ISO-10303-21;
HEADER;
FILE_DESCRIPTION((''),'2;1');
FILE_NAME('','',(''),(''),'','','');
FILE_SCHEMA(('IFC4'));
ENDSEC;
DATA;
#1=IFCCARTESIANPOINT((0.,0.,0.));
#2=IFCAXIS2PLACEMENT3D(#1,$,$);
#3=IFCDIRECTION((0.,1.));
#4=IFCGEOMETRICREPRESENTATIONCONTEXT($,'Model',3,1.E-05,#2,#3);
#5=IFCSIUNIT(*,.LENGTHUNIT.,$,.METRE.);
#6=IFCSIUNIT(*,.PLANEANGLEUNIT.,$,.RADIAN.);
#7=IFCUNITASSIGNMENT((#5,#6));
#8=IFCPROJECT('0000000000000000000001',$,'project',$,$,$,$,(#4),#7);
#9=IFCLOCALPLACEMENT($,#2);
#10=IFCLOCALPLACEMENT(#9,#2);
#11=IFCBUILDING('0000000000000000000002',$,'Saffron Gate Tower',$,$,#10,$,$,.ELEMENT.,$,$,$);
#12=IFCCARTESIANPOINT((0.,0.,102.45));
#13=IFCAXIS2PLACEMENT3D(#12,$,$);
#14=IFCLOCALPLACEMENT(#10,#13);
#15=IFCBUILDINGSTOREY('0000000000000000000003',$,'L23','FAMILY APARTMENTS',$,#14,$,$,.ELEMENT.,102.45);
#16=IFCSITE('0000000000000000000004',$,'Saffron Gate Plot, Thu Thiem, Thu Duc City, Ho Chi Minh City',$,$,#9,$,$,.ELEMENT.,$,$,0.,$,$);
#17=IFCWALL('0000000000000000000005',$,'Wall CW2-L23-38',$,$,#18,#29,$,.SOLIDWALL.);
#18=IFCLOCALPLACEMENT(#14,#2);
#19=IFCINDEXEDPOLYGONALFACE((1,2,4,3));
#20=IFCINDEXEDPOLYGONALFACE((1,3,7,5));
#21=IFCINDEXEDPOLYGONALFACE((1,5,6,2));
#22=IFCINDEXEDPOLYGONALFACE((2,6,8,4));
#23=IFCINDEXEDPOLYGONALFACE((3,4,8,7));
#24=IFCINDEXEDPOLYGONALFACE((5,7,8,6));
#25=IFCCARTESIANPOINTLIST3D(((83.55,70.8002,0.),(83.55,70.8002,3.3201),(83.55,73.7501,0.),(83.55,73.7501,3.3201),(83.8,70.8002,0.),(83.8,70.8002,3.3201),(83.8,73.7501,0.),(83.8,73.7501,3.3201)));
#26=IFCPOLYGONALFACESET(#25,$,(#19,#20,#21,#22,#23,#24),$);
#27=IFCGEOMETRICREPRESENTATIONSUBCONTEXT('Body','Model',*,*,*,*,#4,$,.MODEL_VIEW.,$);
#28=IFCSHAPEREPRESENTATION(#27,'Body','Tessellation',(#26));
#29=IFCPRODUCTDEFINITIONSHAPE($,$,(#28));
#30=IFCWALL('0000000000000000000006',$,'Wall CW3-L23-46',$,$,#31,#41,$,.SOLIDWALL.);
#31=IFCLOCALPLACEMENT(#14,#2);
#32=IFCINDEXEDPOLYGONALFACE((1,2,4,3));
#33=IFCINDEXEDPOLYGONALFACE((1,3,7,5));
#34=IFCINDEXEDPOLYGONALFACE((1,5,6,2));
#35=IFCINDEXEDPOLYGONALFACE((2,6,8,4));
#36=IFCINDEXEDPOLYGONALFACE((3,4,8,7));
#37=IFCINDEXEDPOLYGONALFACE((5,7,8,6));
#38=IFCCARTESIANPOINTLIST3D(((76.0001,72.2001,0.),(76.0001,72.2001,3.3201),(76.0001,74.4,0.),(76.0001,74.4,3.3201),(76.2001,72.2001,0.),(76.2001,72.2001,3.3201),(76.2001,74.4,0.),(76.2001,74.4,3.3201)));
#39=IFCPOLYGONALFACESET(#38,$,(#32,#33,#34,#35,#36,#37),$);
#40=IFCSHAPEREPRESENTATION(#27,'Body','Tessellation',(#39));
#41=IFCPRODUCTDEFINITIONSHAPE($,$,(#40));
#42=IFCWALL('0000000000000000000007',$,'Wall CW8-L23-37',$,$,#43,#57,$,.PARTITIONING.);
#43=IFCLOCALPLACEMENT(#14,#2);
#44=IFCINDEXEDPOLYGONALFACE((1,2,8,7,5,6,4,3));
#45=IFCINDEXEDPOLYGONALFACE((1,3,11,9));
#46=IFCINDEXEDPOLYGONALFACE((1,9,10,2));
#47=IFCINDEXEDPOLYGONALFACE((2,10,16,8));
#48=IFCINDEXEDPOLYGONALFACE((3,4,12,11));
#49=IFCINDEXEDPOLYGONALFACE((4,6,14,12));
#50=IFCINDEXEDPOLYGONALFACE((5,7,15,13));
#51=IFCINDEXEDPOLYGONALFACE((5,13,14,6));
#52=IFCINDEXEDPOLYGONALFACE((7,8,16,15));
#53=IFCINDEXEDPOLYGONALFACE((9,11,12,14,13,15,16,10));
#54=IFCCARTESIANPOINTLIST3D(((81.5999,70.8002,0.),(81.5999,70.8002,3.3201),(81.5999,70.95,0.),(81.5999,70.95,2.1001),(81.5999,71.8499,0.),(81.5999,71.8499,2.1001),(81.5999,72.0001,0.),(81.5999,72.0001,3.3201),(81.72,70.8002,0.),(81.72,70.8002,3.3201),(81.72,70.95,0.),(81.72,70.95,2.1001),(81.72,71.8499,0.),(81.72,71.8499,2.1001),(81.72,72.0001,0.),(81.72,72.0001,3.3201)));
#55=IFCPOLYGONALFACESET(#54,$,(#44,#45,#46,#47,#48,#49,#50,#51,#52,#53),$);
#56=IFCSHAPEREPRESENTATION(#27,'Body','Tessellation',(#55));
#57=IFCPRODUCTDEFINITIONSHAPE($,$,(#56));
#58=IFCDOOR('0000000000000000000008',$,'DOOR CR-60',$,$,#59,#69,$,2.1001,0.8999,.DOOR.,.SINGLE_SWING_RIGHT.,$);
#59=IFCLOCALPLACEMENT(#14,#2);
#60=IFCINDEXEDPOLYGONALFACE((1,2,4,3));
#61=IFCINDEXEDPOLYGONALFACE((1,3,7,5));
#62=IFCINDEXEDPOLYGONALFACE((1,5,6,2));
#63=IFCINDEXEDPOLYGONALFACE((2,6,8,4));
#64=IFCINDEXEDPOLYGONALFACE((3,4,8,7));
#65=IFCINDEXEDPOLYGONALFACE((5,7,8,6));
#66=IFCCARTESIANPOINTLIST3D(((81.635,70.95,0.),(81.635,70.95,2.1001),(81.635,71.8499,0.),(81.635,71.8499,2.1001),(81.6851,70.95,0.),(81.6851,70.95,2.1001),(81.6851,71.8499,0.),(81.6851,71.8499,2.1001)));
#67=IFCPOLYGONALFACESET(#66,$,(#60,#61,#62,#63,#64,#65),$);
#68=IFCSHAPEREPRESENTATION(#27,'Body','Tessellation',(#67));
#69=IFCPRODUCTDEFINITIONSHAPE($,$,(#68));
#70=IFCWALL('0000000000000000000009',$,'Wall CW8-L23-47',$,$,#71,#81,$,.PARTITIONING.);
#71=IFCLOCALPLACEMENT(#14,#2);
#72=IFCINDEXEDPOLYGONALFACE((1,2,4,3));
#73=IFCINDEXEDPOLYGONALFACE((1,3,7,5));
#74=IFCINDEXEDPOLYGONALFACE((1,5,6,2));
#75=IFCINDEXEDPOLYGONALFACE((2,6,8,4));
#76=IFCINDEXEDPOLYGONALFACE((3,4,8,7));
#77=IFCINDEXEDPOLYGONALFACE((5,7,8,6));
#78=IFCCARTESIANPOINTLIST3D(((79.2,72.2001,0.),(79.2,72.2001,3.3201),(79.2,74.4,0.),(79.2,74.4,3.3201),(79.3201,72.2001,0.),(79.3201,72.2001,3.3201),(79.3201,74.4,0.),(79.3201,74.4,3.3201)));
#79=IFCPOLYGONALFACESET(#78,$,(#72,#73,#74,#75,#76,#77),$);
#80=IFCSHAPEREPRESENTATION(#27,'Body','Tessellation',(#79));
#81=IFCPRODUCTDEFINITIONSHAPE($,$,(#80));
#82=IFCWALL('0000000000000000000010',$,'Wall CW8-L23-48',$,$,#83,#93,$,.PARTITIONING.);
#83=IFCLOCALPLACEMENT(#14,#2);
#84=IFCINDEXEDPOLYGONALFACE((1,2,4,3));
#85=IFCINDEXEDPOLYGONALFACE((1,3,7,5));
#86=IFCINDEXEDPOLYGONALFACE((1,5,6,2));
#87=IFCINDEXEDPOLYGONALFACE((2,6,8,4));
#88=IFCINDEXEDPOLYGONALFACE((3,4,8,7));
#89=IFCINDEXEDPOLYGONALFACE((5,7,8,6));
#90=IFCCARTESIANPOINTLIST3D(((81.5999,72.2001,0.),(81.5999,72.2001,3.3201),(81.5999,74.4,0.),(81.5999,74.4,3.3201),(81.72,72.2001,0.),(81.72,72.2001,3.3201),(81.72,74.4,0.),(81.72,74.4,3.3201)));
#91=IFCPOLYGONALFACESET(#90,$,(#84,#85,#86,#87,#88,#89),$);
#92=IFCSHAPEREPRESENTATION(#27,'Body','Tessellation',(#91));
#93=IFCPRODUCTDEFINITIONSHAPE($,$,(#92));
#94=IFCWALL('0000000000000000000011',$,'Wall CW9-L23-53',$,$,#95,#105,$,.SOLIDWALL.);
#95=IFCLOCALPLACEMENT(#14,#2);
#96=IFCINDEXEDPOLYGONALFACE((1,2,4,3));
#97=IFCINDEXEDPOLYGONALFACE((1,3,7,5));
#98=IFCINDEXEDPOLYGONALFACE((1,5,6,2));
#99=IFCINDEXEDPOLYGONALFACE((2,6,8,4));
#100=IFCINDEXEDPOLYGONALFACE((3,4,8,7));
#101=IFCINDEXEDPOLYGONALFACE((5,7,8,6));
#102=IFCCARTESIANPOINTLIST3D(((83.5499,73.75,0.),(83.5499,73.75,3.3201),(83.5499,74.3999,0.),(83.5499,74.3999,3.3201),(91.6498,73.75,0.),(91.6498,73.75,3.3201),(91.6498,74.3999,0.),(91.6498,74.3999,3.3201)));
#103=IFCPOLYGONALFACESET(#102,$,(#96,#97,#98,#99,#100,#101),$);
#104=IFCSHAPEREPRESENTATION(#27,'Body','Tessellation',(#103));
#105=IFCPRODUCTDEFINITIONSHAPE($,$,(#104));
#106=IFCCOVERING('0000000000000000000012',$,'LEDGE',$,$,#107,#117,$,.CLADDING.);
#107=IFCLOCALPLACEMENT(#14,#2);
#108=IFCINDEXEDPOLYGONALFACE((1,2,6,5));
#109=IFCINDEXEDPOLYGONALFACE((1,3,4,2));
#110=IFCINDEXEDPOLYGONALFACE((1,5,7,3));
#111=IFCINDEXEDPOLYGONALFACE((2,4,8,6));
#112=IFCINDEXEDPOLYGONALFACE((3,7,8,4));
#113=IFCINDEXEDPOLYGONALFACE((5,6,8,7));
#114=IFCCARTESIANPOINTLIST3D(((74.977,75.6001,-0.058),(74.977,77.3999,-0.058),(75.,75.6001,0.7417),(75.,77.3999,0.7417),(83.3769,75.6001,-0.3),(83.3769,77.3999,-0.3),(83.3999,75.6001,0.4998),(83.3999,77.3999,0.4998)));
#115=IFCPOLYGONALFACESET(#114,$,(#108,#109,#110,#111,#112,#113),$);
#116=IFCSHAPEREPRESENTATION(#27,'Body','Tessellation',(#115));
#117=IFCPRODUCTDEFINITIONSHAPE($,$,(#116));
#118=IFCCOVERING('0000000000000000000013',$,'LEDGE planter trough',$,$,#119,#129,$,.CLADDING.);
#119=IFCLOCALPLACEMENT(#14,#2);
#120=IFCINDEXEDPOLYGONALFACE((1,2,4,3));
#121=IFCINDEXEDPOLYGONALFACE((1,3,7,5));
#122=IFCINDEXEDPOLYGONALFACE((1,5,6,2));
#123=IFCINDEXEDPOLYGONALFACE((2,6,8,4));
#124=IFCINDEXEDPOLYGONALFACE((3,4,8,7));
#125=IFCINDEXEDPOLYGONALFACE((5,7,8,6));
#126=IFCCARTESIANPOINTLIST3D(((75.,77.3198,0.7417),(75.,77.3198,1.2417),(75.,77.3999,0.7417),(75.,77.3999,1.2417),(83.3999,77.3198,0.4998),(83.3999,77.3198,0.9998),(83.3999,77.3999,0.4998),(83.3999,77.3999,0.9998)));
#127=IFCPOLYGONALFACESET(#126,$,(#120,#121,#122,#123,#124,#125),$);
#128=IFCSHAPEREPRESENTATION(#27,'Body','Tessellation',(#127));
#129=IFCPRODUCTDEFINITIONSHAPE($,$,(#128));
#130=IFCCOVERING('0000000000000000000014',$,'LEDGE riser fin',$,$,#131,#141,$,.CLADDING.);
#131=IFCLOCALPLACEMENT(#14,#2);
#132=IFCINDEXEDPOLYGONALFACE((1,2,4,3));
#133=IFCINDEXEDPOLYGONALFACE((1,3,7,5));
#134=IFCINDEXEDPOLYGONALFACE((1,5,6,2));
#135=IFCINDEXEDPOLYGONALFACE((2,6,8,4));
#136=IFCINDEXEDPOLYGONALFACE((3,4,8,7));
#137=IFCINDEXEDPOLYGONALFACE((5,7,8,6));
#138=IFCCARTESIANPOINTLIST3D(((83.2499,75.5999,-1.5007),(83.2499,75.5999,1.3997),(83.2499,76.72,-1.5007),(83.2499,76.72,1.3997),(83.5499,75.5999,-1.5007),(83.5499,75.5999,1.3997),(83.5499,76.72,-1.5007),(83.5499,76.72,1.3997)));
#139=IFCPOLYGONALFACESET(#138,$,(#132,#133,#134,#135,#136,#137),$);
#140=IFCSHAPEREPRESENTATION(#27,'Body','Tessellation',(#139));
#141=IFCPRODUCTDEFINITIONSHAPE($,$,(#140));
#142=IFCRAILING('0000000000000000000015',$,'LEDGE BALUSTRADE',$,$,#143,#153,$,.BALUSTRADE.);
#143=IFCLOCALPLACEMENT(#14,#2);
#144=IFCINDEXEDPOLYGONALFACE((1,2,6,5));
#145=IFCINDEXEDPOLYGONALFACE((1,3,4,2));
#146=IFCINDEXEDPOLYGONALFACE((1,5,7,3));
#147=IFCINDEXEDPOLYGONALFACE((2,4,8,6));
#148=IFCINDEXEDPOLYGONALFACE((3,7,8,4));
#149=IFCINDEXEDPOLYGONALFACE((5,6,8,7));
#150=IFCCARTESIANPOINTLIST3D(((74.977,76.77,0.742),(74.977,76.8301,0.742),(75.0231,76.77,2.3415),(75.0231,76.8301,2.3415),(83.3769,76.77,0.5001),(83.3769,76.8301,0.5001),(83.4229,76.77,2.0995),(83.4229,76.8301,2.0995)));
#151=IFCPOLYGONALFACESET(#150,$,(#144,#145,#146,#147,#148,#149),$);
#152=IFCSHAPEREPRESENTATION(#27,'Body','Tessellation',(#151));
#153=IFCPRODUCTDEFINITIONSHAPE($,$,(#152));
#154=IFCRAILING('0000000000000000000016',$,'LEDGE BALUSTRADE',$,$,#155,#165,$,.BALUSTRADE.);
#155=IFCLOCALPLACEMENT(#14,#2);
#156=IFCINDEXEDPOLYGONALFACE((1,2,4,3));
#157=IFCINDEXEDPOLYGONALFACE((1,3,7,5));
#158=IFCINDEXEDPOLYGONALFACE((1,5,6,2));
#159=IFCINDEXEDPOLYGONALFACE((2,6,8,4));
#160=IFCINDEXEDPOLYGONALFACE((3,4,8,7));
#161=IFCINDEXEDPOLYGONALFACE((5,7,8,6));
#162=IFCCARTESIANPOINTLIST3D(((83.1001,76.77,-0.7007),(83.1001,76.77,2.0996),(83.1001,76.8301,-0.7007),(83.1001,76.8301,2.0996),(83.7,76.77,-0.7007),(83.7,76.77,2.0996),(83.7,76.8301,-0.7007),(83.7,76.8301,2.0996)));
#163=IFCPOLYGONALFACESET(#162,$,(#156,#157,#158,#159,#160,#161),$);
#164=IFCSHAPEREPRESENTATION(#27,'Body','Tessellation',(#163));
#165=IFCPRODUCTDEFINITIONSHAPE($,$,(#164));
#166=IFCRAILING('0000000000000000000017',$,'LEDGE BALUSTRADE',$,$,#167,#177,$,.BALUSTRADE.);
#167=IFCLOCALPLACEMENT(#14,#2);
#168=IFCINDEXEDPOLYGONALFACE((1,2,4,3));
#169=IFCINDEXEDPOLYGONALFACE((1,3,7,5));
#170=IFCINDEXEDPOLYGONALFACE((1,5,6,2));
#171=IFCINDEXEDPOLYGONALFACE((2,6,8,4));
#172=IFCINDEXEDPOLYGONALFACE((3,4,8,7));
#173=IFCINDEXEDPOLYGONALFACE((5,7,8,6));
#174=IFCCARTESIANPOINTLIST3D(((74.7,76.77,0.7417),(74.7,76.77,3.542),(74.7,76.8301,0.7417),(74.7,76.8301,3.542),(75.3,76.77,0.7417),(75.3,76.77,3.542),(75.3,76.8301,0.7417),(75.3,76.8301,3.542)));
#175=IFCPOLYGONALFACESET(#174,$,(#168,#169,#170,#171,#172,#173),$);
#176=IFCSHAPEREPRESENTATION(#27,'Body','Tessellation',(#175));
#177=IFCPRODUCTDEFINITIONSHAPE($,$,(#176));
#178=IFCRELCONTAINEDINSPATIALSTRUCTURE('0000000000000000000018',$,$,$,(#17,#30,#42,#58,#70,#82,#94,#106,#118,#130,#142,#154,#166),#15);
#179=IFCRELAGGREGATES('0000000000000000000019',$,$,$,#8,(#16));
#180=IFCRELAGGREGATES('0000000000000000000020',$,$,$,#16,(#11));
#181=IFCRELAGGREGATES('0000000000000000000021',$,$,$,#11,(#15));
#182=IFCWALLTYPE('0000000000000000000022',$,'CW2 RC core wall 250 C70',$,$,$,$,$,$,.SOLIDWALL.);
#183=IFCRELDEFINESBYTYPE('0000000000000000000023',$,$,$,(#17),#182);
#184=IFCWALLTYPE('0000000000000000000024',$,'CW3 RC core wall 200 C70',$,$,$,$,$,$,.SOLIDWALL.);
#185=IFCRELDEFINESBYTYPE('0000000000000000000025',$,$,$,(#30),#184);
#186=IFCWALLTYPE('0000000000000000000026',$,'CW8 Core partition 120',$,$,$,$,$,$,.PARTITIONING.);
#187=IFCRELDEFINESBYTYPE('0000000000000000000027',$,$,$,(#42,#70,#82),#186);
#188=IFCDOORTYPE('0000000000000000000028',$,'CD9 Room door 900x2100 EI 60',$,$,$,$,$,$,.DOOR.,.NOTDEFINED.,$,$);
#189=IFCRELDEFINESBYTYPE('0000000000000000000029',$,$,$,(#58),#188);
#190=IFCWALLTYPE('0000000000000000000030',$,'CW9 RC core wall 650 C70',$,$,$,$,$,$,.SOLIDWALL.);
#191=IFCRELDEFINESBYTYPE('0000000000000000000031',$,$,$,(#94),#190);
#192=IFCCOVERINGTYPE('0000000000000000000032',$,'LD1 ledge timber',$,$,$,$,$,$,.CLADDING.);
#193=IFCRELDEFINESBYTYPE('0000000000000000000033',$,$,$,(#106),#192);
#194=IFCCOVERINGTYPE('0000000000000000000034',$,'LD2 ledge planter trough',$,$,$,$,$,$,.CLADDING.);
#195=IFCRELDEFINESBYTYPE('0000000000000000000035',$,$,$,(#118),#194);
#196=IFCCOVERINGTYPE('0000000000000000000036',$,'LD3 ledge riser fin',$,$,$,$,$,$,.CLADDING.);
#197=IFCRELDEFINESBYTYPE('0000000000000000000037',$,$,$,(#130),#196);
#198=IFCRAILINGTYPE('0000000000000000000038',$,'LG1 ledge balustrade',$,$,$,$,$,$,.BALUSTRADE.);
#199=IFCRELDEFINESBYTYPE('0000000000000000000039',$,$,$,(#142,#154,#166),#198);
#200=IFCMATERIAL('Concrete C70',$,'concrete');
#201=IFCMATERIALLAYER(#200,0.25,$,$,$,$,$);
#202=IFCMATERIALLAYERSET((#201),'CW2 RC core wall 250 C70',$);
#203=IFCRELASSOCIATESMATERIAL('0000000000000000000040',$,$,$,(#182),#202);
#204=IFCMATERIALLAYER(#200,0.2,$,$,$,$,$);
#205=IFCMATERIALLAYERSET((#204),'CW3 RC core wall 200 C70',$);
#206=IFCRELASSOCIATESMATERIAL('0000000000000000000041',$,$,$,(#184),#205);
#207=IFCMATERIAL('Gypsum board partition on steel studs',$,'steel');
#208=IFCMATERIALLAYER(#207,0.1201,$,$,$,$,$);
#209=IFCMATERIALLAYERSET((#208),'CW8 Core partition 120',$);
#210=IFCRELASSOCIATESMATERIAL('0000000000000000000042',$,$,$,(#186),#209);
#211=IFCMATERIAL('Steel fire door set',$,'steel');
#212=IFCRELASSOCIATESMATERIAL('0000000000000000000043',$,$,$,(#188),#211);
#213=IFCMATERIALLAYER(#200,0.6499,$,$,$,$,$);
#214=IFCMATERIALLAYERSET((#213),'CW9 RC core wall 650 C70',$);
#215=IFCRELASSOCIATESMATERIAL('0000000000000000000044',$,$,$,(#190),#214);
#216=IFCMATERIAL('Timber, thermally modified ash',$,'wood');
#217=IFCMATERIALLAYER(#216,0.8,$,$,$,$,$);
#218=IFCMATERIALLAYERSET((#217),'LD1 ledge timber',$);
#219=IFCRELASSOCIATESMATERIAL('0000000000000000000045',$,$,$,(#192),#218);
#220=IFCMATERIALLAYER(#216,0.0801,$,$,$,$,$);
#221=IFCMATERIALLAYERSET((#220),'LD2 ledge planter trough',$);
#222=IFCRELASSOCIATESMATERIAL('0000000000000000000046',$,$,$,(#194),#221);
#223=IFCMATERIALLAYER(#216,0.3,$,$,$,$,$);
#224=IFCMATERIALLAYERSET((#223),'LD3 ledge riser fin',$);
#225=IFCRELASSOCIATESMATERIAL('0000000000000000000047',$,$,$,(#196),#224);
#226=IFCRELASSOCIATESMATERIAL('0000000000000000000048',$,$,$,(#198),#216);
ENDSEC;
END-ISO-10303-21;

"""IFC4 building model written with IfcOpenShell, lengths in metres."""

from ifc_helpers import new_model, si_unit, direction, frame, frame_2d, origin, origin_2d, place, context, subcontext, project, spatial, polyline, rectangle, outline, extrude, material, layer, layer_set, type_object, element, fill, save


model = new_model("IFC4")

# Units and contexts
model_context = context("Model", 3, precision=1e-05, world=origin(), true_north=direction((0.0, 1.0)))
body_context = subcontext(model_context, "Body", "Model", "MODEL_VIEW")
ifc_project = project(units=[si_unit("LENGTHUNIT", "METRE"), si_unit("PLANEANGLEUNIT", "RADIAN")], contexts=[model_context])

# Site, building, storey
site_placement = place(None, origin())
site = spatial("IfcSite", under=ifc_project, at=site_placement, Name="Saffron Gate Plot, Thu Thiem, Thu Duc City, Ho Chi Minh City", CompositionType="ELEMENT", RefElevation=0.0)
building_placement = place(site_placement, origin())
building = spatial("IfcBuilding", under=site, at=building_placement, Name="Saffron Gate Tower", CompositionType="ELEMENT")
storey_placement = place(building_placement, frame((0.0, 0.0, 102.45)))
storey = spatial("IfcBuildingStorey", under=building, at=storey_placement, Name="L23", Description="FAMILY APARTMENTS", CompositionType="ELEMENT", Elevation=102.45)

# Walls
ifc_material_1 = material(Name="Concrete C70", Category="concrete")
ifc_layer_1 = layer(ifc_material_1, 0.25)
ifc_layer_set_1 = layer_set([ifc_layer_1], Name="CW2 RC core wall 250 C70")
wall_type_1 = type_object("IfcWallType", Name="CW2 RC core wall 250 C70", PredefinedType="SOLIDWALL", material=ifc_layer_set_1)
wall_1_placement = place(storey_placement, frame((83.675, 70.8, 0.0), z_axis=(0.0, 0.0, 1.0), x_axis=(0.0, 1.0, 0.0)))
element("IfcWall", 1, at=wall_1_placement, inside=storey, type_object=wall_type_1, Name="Wall CW2-L23-38", PredefinedType="SOLIDWALL", context=body_context, shape_type="SweptSolid", body=[
    extrude(rectangle(XDim=2.95, YDim=0.25, at=frame_2d((1.4751, 0.0))), origin(), (0.0, 0.0, 1.0), 3.3201),
])
ifc_layer_2 = layer(ifc_material_1, 0.2)
ifc_layer_set_2 = layer_set([ifc_layer_2], Name="CW3 RC core wall 200 C70")
wall_type_2 = type_object("IfcWallType", Name="CW3 RC core wall 200 C70", PredefinedType="SOLIDWALL", material=ifc_layer_set_2)
wall_2_placement = place(storey_placement, frame((76.1001, 72.2, 0.0), z_axis=(0.0, 0.0, 1.0), x_axis=(0.0, 1.0, 0.0)))
element("IfcWall", 2, at=wall_2_placement, inside=storey, type_object=wall_type_2, Name="Wall CW3-L23-46", PredefinedType="SOLIDWALL", context=body_context, shape_type="SweptSolid", body=[
    extrude(rectangle(XDim=2.2, YDim=0.2, at=frame_2d((1.1001, 0.0))), origin(), (0.0, 0.0, 1.0), 3.3201),
])

# Wall, opening, door
ifc_material_2 = material(Name="Gypsum board partition on steel studs", Category="steel")
ifc_layer_3 = layer(ifc_material_2, 0.1201)
ifc_layer_set_3 = layer_set([ifc_layer_3], Name="CW8 Core partition 120")
wall_type_3 = type_object("IfcWallType", Name="CW8 Core partition 120", PredefinedType="PARTITIONING", material=ifc_layer_set_3)
wall_3_placement = place(storey_placement, frame((81.6599, 70.8, 0.0), z_axis=(0.0, 0.0, 1.0), x_axis=(0.0, 1.0, 0.0)))
wall_3 = element("IfcWall", 3, at=wall_3_placement, inside=storey, type_object=wall_type_3, Name="Wall CW8-L23-37", PredefinedType="PARTITIONING", context=body_context, shape_type="SweptSolid", body=[
    extrude(rectangle(XDim=1.2, YDim=0.1201, at=frame_2d((0.6001, 0.0))), origin(), (0.0, 0.0, 1.0), 3.3201),
])
opening_placement = place(wall_3_placement, frame((0.1499, 0.0, 0.0)))
opening = element("IfcOpeningElement", 4, at=opening_placement, cuts=wall_3, PredefinedType="OPENING", context=body_context, shape_type="SweptSolid", body=[
    extrude(rectangle(XDim=0.8999, YDim=2.1001, at=frame_2d((0.45, 1.05))), frame((0.0, 0.0701, 0.0), z_axis=(0.0, -1.0, 0.0), x_axis=(1.0, 0.0, 0.0)), (0.0, 0.0, 1.0), 0.1401),
])
ifc_material_3 = material(Name="Steel fire door set", Category="steel")
door_type = type_object("IfcDoorType", Name="CD9 Room door 900x2100 EI 60", OperationType="NOTDEFINED", PredefinedType="DOOR", material=ifc_material_3)
door_placement = place(opening_placement, origin())
door = element("IfcDoor", 5, at=door_placement, inside=storey, type_object=door_type, Name="DOOR CR-60", OperationType="SINGLE_SWING_RIGHT", OverallHeight=2.1001, OverallWidth=0.8999, PredefinedType="DOOR", context=body_context, shape_type="SweptSolid", body=[
    extrude(rectangle(XDim=0.8999, YDim=2.1001, at=frame_2d((0.45, 1.05))), frame((0.0, 0.0249, 0.0), z_axis=(0.0, -1.0, 0.0), x_axis=(1.0, 0.0, 0.0)), (0.0, 0.0, 1.0), 0.05),
])
fill(opening, door)

# Walls
for number, where, z_axis, x_axis, name in (
    (6, (79.26, 72.2, 0.0), (0.0, 0.0, 1.0), (0.0, 1.0, 0.0), "Wall CW8-L23-47"),
    (7, (81.6599, 72.2, 0.0), (0.0, 0.0, 1.0), (0.0, 1.0, 0.0), "Wall CW8-L23-48"),
):
    element("IfcWall", number, at=place(storey_placement, frame(where, z_axis=z_axis, x_axis=x_axis)), inside=storey, type_object=wall_type_3, Name=name, PredefinedType="PARTITIONING", context=body_context, shape_type="SweptSolid", body=[
        extrude(rectangle(XDim=2.2, YDim=0.1201, at=frame_2d((1.1001, 0.0))), origin(), (0.0, 0.0, 1.0), 3.3201),
    ])
ifc_layer_4 = layer(ifc_material_1, 0.6499)
ifc_layer_set_4 = layer_set([ifc_layer_4], Name="CW9 RC core wall 650 C70")
wall_type_4 = type_object("IfcWallType", Name="CW9 RC core wall 650 C70", PredefinedType="SOLIDWALL", material=ifc_layer_set_4)
wall_4_placement = place(storey_placement, frame((83.55, 74.075, 0.0), z_axis=(0.0, 0.0, 1.0), x_axis=(1.0, 0.0, 0.0)))
element("IfcWall", 8, at=wall_4_placement, inside=storey, type_object=wall_type_4, Name="Wall CW9-L23-53", PredefinedType="SOLIDWALL", context=body_context, shape_type="SweptSolid", body=[
    extrude(rectangle(XDim=8.0999, YDim=0.6499, at=frame_2d((4.0498, 0.0))), origin(), (0.0, 0.0, 1.0), 3.3201),
])

# Coverings
ifc_material_4 = material(Name="Timber, thermally modified ash", Category="wood")
ifc_layer_5 = layer(ifc_material_4, 0.8)
ifc_layer_set_5 = layer_set([ifc_layer_5], Name="LD1 ledge timber")
covering_type_1 = type_object("IfcCoveringType", Name="LD1 ledge timber", PredefinedType="CLADDING", material=ifc_layer_set_5)
covering_1_placement = place(storey_placement, frame((83.3999, 75.6001, 0.4998), z_axis=(0.028791, 0.0, 0.999585), x_axis=(-0.999585, 0.0, 0.028791)))
element("IfcCovering", 9, at=covering_1_placement, inside=storey, type_object=covering_type_1, Name="LEDGE", PredefinedType="CLADDING", context=body_context, shape_type="SweptSolid", body=[
    extrude(outline(polyline([(0.0, 0.0), (8.4034, 0.0), (8.4034, -1.7998), (0.0, -1.7998), (0.0, 0.0)])), origin(), (0.0, 0.0, -1.0), 0.8),
])
ifc_layer_6 = layer(ifc_material_4, 0.0801)
ifc_layer_set_6 = layer_set([ifc_layer_6], Name="LD2 ledge planter trough")
covering_type_2 = type_object("IfcCoveringType", Name="LD2 ledge planter trough", PredefinedType="CLADDING", material=ifc_layer_set_6)
covering_2_placement = place(storey_placement, frame((83.3999, 77.3999, 0.4998), z_axis=(0.0, 1.0, 0.0), x_axis=(-0.999585, 0.0, 0.028791)))
element("IfcCovering", 10, at=covering_2_placement, inside=storey, type_object=covering_type_2, Name="LEDGE planter trough", PredefinedType="CLADDING", context=body_context, shape_type="SweptSolid", body=[
    extrude(outline(polyline([(0.0, 0.0), (8.4034, 0.0), (8.4178, 0.4998), (0.0144, 0.4998), (0.0, 0.0)])), origin(), (0.0, 0.0, -1.0), 0.0801),
])
ifc_layer_7 = layer(ifc_material_4, 0.3)
ifc_layer_set_7 = layer_set([ifc_layer_7], Name="LD3 ledge riser fin")
covering_type_3 = type_object("IfcCoveringType", Name="LD3 ledge riser fin", PredefinedType="CLADDING", material=ifc_layer_set_7)
covering_3_placement = place(storey_placement, frame((83.3999, 76.1599, -1.5007), z_axis=(0.0, 0.0, 1.0), x_axis=(-1.0, 0.0, 0.0)))
element("IfcCovering", 11, at=covering_3_placement, inside=storey, type_object=covering_type_3, Name="LEDGE riser fin", PredefinedType="CLADDING", context=body_context, shape_type="SweptSolid", body=[
    extrude(rectangle(XDim=0.3, YDim=1.1201, at=origin_2d()), origin(), (0.0, 0.0, 1.0), 2.9004),
])

# Railings
railing_type = type_object("IfcRailingType", Name="LG1 ledge balustrade", PredefinedType="BALUSTRADE", material=ifc_material_4)
railing_1_placement = place(storey_placement, frame((83.3999, 76.8, 0.4998)))
element("IfcRailing", 12, at=railing_1_placement, inside=storey, type_object=railing_type, Name="LEDGE BALUSTRADE", PredefinedType="BALUSTRADE", context=body_context, shape_type="SweptSolid", body=[
    extrude(rectangle(XDim=0.0601, YDim=1.6001, at=origin_2d()), frame((0.0, 0.0, 0.8), z_axis=(-0.999585, 0.0, 0.028791), x_axis=(0.0, -1.0, 0.0)), (0.0, 0.0, 1.0), 8.4033),
])
railing_2_placement = place(storey_placement, frame((83.7, 76.8, -0.7007)))
element("IfcRailing", 13, at=railing_2_placement, inside=storey, type_object=railing_type, Name="LEDGE BALUSTRADE", PredefinedType="BALUSTRADE", context=body_context, shape_type="SweptSolid", body=[
    extrude(rectangle(XDim=0.0601, YDim=2.8003, at=origin_2d()), frame((0.0, 0.0, 1.4001), z_axis=(-1.0, 0.0, 0.0), x_axis=(0.0, -1.0, 0.0)), (0.0, 0.0, 1.0), 0.5999),
])
railing_3_placement = place(storey_placement, frame((75.3, 76.8, 0.7417)))
element("IfcRailing", 14, at=railing_3_placement, inside=storey, type_object=railing_type, Name="LEDGE BALUSTRADE", PredefinedType="BALUSTRADE", context=body_context, shape_type="SweptSolid", body=[
    extrude(rectangle(XDim=0.0601, YDim=2.8003, at=origin_2d()), frame((0.0, 0.0, 1.4001), z_axis=(-1.0, 0.0, 0.0), x_axis=(0.0, -1.0, 0.0)), (0.0, 0.0, 1.0), 0.6001),
])

save(model, "model.ifc")
